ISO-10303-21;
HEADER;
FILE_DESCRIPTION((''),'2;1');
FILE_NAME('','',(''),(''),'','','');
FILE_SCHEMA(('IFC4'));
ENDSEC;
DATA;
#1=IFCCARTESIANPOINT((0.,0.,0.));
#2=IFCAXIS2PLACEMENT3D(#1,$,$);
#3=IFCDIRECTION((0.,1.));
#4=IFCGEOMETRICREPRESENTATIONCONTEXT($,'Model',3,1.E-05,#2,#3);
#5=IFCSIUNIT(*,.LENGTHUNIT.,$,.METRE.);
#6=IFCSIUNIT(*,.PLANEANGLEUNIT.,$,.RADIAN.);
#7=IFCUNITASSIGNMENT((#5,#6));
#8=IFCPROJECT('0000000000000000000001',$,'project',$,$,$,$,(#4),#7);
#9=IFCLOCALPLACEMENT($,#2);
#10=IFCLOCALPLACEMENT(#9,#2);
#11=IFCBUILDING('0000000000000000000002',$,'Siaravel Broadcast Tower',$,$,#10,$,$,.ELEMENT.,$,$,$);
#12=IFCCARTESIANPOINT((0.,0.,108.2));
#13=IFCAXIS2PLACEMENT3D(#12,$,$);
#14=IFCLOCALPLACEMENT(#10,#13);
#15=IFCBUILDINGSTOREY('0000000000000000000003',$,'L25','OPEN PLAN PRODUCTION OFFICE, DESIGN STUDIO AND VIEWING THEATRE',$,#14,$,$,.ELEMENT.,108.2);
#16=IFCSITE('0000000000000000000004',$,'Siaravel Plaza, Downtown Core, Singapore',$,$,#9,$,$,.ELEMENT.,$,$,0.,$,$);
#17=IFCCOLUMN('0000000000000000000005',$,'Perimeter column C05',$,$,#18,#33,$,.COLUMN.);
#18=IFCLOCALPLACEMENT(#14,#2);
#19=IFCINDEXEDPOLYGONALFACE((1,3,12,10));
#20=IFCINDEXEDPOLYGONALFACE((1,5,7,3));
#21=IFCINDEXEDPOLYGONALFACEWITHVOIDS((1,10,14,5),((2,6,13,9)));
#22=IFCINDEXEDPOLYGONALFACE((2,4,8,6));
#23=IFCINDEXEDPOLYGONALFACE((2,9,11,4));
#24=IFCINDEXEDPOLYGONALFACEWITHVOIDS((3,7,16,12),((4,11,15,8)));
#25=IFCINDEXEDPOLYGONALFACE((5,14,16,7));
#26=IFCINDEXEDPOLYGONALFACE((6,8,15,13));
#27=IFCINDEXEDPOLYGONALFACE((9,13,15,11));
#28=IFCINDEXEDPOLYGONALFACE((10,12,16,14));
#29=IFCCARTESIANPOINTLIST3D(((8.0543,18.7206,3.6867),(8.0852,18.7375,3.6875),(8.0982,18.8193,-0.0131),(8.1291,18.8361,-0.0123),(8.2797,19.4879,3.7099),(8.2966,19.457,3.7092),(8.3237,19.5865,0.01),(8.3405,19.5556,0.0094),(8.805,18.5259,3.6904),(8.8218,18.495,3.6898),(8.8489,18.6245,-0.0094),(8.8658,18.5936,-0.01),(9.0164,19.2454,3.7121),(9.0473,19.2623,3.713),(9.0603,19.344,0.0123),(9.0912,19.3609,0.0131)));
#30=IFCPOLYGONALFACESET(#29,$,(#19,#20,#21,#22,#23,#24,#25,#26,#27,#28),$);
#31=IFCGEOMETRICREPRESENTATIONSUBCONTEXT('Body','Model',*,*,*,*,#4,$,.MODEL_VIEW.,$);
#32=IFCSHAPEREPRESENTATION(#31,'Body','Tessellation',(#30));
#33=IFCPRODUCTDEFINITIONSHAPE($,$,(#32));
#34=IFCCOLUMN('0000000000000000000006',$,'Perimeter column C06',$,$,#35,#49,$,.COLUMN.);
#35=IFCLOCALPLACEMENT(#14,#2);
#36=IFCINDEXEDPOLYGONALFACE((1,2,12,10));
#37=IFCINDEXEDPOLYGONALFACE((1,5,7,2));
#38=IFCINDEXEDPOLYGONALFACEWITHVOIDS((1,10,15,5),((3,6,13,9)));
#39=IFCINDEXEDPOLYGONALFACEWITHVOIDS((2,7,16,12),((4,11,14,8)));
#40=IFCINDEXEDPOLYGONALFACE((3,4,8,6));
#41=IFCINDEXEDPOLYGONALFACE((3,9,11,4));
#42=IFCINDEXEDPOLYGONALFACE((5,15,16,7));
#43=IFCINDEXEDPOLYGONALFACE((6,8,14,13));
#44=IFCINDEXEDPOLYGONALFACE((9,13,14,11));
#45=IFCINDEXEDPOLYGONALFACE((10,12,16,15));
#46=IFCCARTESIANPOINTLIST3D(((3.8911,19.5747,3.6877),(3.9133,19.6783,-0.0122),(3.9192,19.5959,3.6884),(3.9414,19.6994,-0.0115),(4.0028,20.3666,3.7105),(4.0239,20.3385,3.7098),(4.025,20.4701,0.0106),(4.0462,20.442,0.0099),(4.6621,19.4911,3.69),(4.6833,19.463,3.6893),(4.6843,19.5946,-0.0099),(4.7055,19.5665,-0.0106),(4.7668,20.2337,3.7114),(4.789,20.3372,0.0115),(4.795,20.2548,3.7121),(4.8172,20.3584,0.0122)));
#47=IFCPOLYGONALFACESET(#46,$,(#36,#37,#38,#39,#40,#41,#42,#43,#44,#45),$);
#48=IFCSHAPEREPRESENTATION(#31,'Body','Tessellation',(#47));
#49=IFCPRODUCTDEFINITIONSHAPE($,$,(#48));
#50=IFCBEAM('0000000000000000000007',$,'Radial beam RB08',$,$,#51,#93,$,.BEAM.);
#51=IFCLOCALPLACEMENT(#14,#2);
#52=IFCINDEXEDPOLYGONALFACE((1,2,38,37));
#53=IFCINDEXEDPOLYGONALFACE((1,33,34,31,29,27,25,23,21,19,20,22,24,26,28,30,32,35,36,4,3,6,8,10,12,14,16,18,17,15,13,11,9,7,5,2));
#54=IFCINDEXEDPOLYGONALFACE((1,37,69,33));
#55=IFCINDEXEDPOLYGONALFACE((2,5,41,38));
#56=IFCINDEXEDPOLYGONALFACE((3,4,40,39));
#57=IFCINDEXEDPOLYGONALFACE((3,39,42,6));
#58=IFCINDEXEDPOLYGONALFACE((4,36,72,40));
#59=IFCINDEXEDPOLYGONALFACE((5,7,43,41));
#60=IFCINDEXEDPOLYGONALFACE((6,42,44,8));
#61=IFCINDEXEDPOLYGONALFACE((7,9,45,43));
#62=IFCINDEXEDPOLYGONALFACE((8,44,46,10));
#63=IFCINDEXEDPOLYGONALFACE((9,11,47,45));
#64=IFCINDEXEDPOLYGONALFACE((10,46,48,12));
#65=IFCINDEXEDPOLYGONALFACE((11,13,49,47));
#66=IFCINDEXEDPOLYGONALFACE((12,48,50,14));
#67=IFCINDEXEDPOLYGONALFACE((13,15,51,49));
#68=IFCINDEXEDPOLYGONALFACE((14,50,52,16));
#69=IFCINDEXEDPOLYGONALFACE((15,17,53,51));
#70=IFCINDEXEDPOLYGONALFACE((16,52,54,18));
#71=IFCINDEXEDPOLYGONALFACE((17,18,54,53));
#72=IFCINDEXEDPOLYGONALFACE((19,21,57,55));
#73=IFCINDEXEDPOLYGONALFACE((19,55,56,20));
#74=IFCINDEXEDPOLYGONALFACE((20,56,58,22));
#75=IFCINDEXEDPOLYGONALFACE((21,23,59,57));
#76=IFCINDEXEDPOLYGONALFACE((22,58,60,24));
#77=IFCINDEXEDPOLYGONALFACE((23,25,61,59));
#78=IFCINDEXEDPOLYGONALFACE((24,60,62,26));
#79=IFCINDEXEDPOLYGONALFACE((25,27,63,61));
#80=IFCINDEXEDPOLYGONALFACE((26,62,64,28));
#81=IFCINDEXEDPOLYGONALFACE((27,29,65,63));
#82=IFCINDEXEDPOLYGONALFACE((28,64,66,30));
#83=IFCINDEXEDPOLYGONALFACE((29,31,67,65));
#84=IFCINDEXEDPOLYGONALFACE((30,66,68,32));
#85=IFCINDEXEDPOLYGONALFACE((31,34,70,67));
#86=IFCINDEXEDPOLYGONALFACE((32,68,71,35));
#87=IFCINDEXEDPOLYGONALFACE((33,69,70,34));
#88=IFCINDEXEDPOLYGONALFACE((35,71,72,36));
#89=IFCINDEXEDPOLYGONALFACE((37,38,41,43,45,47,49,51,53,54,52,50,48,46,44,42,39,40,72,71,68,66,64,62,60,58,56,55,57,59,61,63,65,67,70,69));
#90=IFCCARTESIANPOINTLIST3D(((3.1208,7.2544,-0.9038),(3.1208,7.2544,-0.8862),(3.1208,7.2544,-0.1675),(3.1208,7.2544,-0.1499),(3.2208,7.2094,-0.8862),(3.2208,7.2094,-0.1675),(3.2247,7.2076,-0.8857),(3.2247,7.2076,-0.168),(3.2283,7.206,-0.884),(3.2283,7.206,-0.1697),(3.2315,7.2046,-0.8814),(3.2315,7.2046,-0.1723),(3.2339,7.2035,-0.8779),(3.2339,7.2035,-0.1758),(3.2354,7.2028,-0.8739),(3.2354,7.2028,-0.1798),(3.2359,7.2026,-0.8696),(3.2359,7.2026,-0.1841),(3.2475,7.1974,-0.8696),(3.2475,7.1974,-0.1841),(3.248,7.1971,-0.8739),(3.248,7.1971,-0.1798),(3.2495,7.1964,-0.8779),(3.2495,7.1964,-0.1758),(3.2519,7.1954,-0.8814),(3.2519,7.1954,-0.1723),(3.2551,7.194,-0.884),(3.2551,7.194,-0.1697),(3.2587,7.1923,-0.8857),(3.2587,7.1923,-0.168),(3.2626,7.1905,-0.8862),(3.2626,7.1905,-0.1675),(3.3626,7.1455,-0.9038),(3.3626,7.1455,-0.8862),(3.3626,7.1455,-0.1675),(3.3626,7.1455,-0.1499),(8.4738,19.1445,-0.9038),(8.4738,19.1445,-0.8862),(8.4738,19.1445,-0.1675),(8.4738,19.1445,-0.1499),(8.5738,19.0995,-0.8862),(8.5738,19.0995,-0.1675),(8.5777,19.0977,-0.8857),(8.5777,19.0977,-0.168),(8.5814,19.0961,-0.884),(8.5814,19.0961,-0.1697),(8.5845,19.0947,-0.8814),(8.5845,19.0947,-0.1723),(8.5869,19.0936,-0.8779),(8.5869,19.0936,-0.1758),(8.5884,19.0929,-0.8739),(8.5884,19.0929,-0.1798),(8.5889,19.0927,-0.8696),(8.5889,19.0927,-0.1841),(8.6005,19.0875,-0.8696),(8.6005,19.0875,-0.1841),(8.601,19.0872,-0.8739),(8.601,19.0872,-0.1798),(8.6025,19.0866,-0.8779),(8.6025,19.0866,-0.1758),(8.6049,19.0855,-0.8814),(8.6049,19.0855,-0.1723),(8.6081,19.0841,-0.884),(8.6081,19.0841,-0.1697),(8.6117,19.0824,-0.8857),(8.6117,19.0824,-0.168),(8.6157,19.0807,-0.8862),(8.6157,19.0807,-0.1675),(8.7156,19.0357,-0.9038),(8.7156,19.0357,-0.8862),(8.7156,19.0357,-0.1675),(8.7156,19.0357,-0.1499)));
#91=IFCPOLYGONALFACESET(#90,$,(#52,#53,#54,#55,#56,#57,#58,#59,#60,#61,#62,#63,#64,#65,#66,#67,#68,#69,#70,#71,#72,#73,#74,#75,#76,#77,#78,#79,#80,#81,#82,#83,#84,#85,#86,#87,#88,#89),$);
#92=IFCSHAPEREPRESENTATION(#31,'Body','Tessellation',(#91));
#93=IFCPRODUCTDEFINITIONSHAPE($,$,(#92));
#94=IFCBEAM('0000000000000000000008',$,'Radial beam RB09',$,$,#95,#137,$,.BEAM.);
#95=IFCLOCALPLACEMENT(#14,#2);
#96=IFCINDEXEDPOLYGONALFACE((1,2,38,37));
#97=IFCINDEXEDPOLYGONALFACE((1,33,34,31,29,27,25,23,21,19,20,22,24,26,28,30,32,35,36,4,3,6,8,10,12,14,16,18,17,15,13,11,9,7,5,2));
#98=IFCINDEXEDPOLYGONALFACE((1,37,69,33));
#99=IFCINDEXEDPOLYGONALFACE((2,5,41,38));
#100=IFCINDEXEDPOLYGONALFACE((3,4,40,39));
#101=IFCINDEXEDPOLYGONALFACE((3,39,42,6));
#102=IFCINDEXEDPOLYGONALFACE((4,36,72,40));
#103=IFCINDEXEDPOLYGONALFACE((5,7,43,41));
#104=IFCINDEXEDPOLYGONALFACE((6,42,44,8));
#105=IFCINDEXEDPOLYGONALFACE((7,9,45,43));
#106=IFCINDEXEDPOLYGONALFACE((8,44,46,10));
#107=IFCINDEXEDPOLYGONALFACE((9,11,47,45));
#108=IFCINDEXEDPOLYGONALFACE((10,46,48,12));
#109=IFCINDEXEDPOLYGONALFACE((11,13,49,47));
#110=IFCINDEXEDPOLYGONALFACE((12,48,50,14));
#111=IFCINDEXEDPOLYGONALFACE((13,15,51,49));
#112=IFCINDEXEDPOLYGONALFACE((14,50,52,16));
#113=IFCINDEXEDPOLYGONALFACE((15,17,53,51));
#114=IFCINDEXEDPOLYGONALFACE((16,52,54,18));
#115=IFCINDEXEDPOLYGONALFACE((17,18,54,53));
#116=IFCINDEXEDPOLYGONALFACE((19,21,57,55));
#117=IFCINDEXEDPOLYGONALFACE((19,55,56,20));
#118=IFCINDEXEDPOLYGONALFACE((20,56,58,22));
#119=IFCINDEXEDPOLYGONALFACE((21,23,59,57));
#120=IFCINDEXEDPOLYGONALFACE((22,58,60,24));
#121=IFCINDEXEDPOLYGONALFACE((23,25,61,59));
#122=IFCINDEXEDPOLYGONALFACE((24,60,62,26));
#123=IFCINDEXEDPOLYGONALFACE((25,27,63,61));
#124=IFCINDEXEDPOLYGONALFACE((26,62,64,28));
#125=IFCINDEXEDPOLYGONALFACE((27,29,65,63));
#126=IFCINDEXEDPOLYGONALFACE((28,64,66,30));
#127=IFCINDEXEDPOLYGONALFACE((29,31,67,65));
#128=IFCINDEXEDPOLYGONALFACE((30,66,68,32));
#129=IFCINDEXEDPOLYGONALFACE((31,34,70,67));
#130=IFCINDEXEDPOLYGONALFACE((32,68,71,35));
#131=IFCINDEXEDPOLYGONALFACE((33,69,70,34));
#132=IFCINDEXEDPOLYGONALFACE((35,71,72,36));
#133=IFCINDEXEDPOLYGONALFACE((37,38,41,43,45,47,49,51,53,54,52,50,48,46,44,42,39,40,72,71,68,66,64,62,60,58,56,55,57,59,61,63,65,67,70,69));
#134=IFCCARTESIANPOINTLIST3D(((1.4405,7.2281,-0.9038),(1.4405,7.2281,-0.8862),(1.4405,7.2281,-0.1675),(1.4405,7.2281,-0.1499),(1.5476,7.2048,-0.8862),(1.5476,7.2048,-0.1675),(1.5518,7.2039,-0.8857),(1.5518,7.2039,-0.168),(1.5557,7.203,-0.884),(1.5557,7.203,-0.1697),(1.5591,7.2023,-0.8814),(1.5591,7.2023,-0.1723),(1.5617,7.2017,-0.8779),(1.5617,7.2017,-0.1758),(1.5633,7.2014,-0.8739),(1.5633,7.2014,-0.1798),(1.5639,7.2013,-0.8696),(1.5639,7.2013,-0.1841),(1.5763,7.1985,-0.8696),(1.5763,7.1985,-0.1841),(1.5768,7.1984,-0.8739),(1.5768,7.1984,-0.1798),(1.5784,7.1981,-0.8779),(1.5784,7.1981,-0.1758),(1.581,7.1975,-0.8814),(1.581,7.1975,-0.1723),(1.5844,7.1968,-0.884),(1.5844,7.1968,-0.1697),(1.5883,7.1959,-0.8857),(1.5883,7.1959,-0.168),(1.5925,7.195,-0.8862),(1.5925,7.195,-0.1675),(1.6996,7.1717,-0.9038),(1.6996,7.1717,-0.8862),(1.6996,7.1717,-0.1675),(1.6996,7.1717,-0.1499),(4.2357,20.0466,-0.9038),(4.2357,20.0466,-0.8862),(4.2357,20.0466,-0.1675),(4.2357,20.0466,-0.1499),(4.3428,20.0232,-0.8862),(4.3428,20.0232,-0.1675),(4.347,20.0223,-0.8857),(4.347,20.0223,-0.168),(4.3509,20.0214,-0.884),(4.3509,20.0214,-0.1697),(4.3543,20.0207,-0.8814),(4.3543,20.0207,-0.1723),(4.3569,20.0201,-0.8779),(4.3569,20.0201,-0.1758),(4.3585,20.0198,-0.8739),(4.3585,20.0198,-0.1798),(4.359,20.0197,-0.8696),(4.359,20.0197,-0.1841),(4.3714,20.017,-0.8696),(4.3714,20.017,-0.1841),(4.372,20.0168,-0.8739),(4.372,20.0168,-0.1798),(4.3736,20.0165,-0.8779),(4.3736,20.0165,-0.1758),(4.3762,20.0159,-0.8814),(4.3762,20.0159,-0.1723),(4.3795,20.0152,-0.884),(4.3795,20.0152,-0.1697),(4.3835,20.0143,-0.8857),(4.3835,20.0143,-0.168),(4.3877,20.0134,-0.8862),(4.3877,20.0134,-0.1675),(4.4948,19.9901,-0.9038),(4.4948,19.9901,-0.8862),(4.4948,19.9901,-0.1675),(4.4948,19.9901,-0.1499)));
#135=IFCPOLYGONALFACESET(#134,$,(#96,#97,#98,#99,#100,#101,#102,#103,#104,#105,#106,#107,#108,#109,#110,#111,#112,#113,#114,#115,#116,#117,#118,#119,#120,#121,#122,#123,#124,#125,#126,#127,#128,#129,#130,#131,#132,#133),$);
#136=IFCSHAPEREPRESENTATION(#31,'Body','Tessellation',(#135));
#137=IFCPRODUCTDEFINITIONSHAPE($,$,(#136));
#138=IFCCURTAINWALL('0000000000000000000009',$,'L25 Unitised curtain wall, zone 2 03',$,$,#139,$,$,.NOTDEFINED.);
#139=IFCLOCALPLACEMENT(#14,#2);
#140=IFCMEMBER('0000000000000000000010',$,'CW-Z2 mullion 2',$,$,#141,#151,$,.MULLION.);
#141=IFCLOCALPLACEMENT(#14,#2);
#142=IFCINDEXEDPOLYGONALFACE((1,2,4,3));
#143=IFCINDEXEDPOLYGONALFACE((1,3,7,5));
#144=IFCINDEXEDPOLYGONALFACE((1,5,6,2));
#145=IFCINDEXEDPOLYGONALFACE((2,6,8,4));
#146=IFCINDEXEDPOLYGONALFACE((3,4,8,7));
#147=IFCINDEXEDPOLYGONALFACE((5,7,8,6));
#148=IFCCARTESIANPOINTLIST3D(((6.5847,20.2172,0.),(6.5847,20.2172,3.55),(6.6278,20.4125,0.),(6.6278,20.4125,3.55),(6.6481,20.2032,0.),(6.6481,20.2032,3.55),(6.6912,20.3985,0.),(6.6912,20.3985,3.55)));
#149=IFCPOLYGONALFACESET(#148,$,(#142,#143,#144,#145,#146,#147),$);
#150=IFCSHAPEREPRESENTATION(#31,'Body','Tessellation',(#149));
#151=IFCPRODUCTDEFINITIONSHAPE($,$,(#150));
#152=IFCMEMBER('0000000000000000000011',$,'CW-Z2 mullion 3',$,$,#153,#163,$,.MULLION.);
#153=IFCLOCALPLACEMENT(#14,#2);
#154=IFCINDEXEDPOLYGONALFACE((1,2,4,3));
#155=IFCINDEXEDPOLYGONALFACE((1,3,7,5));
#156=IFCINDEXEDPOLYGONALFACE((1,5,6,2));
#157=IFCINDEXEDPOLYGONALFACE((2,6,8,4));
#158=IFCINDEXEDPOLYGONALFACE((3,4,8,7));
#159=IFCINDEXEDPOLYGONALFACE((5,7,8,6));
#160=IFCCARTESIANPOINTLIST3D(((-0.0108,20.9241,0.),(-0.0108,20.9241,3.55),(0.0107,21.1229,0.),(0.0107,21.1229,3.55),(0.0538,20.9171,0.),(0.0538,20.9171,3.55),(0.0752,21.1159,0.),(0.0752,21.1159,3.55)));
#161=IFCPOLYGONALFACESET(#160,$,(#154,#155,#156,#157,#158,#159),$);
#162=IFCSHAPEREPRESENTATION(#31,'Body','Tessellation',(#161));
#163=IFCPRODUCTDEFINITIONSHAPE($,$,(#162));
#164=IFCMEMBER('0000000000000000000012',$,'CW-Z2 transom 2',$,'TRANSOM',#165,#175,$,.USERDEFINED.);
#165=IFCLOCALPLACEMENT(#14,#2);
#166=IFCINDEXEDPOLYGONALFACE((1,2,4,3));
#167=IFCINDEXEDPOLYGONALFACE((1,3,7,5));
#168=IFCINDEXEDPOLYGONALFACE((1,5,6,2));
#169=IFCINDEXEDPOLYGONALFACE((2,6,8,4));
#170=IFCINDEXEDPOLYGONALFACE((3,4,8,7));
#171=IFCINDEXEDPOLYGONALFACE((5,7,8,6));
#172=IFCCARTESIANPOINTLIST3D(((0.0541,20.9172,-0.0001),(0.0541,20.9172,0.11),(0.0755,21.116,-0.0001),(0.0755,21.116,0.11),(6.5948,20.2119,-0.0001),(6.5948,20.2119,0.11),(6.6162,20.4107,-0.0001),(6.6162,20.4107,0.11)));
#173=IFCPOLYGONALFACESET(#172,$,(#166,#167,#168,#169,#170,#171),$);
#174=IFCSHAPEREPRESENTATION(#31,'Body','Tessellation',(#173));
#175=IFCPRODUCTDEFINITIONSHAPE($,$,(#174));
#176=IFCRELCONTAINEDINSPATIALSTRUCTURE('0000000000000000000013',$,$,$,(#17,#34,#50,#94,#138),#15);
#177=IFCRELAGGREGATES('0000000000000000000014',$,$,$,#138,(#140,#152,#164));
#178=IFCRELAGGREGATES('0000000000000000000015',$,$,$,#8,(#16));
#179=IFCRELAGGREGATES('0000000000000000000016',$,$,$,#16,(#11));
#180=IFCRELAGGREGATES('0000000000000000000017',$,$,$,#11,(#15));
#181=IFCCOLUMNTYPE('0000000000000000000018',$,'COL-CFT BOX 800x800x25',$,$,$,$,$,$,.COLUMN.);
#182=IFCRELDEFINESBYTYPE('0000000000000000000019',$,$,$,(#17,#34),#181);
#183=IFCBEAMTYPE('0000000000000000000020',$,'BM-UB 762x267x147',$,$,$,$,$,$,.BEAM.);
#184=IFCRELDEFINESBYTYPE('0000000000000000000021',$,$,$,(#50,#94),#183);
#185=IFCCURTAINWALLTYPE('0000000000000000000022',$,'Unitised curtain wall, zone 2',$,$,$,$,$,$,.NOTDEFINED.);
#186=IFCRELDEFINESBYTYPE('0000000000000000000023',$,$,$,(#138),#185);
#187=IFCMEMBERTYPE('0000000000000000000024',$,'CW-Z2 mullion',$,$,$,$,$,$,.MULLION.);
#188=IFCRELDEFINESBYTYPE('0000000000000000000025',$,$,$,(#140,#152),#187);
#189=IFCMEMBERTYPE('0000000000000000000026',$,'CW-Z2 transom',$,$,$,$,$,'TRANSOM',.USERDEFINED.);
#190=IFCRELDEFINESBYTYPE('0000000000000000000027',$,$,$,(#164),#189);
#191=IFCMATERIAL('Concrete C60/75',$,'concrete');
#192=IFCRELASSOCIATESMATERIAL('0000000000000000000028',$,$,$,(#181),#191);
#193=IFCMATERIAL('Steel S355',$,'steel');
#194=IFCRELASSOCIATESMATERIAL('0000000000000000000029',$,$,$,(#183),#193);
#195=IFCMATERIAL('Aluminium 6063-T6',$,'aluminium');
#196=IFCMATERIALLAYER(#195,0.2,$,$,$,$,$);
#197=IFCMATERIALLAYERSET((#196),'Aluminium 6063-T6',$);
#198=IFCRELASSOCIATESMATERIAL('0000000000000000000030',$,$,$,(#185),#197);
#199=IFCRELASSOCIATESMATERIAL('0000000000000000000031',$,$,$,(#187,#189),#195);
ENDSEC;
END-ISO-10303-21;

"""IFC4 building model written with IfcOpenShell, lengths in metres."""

from ifc_helpers import new_model, si_unit, direction, frame, origin, origin_2d, place, context, subcontext, project, spatial, rectangle, hollow_rectangle, i_section, extrude, material, layer, layer_set, material_profile, profile_set, type_object, element, aggregate, save


model = new_model("IFC4")

# Units and contexts
model_context = context("Model", 3, precision=1e-05, world=origin(), true_north=direction((0.0, 1.0)))
body_context = subcontext(model_context, "Body", "Model", "MODEL_VIEW")
ifc_project = project(units=[si_unit("LENGTHUNIT", "METRE"), si_unit("PLANEANGLEUNIT", "RADIAN")], contexts=[model_context])

# Site, building, storey
site_placement = place(None, origin())
site = spatial("IfcSite", under=ifc_project, at=site_placement, Name="Siaravel Plaza, Downtown Core, Singapore", CompositionType="ELEMENT", RefElevation=0.0)
building_placement = place(site_placement, origin())
building = spatial("IfcBuilding", under=site, at=building_placement, Name="Siaravel Broadcast Tower", CompositionType="ELEMENT")
storey_placement = place(building_placement, frame((0.0, 0.0, 108.2)))
storey = spatial("IfcBuildingStorey", under=building, at=storey_placement, Name="L25", Description="OPEN PLAN PRODUCTION OFFICE, DESIGN STUDIO AND VIEWING THEATRE", CompositionType="ELEMENT", Elevation=108.2)

# Columns
ifc_material_1 = material(Name="Concrete C60/75", Category="concrete")
ifc_material_profile_1 = material_profile(ifc_material_1, hollow_rectangle(XDim=0.8, YDim=0.8, WallThickness=0.0249, at=origin_2d()))
ifc_profile_set_1 = profile_set([ifc_material_profile_1], Name="Concrete C60/75")
column_type = type_object("IfcColumnType", Name="COL-CFT BOX 800x800x25", PredefinedType="COLUMN", material=ifc_profile_set_1)
for number, where, z_axis, x_axis, name in (
    (1, (8.5947, 19.0901, 0.0), (-0.011872, -0.026647, 0.999574), (0.959399, -0.282026, 0.003877), "Perimeter column C05"),
    (2, (4.3652, 20.0183, 0.0), (-0.006002, -0.027966, 0.999591), (0.990188, -0.139724, 0.002037), "Perimeter column C06"),
):
    element("IfcColumn", number, at=place(storey_placement, frame(where, z_axis=z_axis, x_axis=x_axis)), inside=storey, type_object=column_type, Name=name, PredefinedType="COLUMN", context=body_context, shape_type="SweptSolid", body=[
        extrude(hollow_rectangle(XDim=0.8, YDim=0.8, WallThickness=0.0249, at=origin_2d()), origin(), (0.0, 0.0, 1.0), 3.7014),
    ])

# Beams
ifc_material_2 = material(Name="Steel S355", Category="steel")
ifc_material_profile_2 = material_profile(ifc_material_2, i_section(OverallWidth=0.2651, OverallDepth=0.7539, WebThickness=0.0127, FlangeThickness=0.0176, FilletRadius=0.0166, at=origin_2d()))
ifc_profile_set_2 = profile_set([ifc_material_profile_2], Name="Steel S355")
beam_type = type_object("IfcBeamType", Name="BM-UB 762x267x147", PredefinedType="BEAM", material=ifc_profile_set_2)
beam_1_placement = place(storey_placement, frame((8.5947, 19.0901, -0.5269), z_axis=(-0.410522, -0.911851, 0.0), x_axis=(0.911851, -0.410522, 0.0)))
element("IfcBeam", 3, at=beam_1_placement, inside=storey, type_object=beam_type, Name="Radial beam RB08", PredefinedType="BEAM", context=body_context, shape_type="SweptSolid", body=[
    extrude(i_section(OverallWidth=0.2651, OverallDepth=0.7539, WebThickness=0.0127, FlangeThickness=0.0176, FilletRadius=0.0166, at=origin_2d()), origin(), (0.0, 0.0, 1.0), 13.0396),
])
beam_2_placement = place(storey_placement, frame((4.3652, 20.0183, -0.5269), z_axis=(-0.213053, -0.977041, 0.0), x_axis=(0.977041, -0.213053, 0.0)))
element("IfcBeam", 4, at=beam_2_placement, inside=storey, type_object=beam_type, Name="Radial beam RB09", PredefinedType="BEAM", context=body_context, shape_type="SweptSolid", body=[
    extrude(i_section(OverallWidth=0.2651, OverallDepth=0.7539, WebThickness=0.0127, FlangeThickness=0.0176, FilletRadius=0.0166, at=origin_2d()), origin(), (0.0, 0.0, 1.0), 13.1196),
])

# Curtain wall, members
ifc_material_3 = material(Name="Aluminium 6063-T6", Category="aluminium")
ifc_layer_1 = layer(ifc_material_3, 0.2)
ifc_layer_set_1 = layer_set([ifc_layer_1], Name="Aluminium 6063-T6")
curtain_wall_type = type_object("IfcCurtainWallType", Name="Unitised curtain wall, zone 2", PredefinedType="NOTDEFINED", material=ifc_layer_set_1)
curtain_wall_placement = place(storey_placement, origin())
curtain_wall = element("IfcCurtainWall", 5, at=curtain_wall_placement, inside=storey, type_object=curtain_wall_type, Name="L25 Unitised curtain wall, zone 2 03", PredefinedType="NOTDEFINED")
ifc_material_profile_3 = material_profile(ifc_material_3, rectangle(XDim=0.2, YDim=0.0649, at=origin_2d()))
ifc_profile_set_3 = profile_set([ifc_material_profile_3], Name="Aluminium 6063-T6")
member_type_1 = type_object("IfcMemberType", Name="CW-Z2 mullion", PredefinedType="MULLION", material=ifc_profile_set_3)
member_1_placement = place(storey_placement, frame((6.6379, 20.3079, 0.0), z_axis=(0.0, 0.0, 1.0), x_axis=(-0.215558, -0.976491, 0.0)))
member_1 = element("IfcMember", 6, at=member_1_placement, type_object=member_type_1, Name="CW-Z2 mullion 2", PredefinedType="MULLION", context=body_context, shape_type="SweptSolid", body=[
    extrude(rectangle(XDim=0.2, YDim=0.0649, at=origin_2d()), origin(), (0.0, 0.0, 1.0), 3.55),
])
member_2_placement = place(storey_placement, frame((0.0322, 21.02, 0.0), z_axis=(0.0, 0.0, 1.0), x_axis=(-0.107217, -0.994236, 0.0)))
member_2 = element("IfcMember", 7, at=member_2_placement, type_object=member_type_1, Name="CW-Z2 mullion 3", PredefinedType="MULLION", context=body_context, shape_type="SweptSolid", body=[
    extrude(rectangle(XDim=0.2, YDim=0.0649, at=origin_2d()), origin(), (0.0, 0.0, 1.0), 3.55),
])
ifc_material_profile_4 = material_profile(ifc_material_3, rectangle(XDim=0.2, YDim=0.1101, at=origin_2d()))
ifc_profile_set_4 = profile_set([ifc_material_profile_4], Name="Aluminium 6063-T6")
member_type_2 = type_object("IfcMemberType", Name="CW-Z2 transom", ElementType="TRANSOM", PredefinedType="USERDEFINED", material=ifc_profile_set_4)
member_3_placement = place(storey_placement, frame((6.6055, 20.3113, 0.0549), z_axis=(-0.994236, 0.107213, 0.0), x_axis=(-0.107213, -0.994236, 0.0)))
member_3 = element("IfcMember", 8, at=member_3_placement, type_object=member_type_2, Name="CW-Z2 transom 2", ObjectType="TRANSOM", PredefinedType="USERDEFINED", context=body_context, shape_type="SweptSolid", body=[
    extrude(rectangle(XDim=0.2, YDim=0.1101, at=origin_2d()), origin(), (0.0, 0.0, 1.0), 6.5786),
])

aggregate(curtain_wall, [member_1, member_2, member_3])

save(model, "model.ifc")
